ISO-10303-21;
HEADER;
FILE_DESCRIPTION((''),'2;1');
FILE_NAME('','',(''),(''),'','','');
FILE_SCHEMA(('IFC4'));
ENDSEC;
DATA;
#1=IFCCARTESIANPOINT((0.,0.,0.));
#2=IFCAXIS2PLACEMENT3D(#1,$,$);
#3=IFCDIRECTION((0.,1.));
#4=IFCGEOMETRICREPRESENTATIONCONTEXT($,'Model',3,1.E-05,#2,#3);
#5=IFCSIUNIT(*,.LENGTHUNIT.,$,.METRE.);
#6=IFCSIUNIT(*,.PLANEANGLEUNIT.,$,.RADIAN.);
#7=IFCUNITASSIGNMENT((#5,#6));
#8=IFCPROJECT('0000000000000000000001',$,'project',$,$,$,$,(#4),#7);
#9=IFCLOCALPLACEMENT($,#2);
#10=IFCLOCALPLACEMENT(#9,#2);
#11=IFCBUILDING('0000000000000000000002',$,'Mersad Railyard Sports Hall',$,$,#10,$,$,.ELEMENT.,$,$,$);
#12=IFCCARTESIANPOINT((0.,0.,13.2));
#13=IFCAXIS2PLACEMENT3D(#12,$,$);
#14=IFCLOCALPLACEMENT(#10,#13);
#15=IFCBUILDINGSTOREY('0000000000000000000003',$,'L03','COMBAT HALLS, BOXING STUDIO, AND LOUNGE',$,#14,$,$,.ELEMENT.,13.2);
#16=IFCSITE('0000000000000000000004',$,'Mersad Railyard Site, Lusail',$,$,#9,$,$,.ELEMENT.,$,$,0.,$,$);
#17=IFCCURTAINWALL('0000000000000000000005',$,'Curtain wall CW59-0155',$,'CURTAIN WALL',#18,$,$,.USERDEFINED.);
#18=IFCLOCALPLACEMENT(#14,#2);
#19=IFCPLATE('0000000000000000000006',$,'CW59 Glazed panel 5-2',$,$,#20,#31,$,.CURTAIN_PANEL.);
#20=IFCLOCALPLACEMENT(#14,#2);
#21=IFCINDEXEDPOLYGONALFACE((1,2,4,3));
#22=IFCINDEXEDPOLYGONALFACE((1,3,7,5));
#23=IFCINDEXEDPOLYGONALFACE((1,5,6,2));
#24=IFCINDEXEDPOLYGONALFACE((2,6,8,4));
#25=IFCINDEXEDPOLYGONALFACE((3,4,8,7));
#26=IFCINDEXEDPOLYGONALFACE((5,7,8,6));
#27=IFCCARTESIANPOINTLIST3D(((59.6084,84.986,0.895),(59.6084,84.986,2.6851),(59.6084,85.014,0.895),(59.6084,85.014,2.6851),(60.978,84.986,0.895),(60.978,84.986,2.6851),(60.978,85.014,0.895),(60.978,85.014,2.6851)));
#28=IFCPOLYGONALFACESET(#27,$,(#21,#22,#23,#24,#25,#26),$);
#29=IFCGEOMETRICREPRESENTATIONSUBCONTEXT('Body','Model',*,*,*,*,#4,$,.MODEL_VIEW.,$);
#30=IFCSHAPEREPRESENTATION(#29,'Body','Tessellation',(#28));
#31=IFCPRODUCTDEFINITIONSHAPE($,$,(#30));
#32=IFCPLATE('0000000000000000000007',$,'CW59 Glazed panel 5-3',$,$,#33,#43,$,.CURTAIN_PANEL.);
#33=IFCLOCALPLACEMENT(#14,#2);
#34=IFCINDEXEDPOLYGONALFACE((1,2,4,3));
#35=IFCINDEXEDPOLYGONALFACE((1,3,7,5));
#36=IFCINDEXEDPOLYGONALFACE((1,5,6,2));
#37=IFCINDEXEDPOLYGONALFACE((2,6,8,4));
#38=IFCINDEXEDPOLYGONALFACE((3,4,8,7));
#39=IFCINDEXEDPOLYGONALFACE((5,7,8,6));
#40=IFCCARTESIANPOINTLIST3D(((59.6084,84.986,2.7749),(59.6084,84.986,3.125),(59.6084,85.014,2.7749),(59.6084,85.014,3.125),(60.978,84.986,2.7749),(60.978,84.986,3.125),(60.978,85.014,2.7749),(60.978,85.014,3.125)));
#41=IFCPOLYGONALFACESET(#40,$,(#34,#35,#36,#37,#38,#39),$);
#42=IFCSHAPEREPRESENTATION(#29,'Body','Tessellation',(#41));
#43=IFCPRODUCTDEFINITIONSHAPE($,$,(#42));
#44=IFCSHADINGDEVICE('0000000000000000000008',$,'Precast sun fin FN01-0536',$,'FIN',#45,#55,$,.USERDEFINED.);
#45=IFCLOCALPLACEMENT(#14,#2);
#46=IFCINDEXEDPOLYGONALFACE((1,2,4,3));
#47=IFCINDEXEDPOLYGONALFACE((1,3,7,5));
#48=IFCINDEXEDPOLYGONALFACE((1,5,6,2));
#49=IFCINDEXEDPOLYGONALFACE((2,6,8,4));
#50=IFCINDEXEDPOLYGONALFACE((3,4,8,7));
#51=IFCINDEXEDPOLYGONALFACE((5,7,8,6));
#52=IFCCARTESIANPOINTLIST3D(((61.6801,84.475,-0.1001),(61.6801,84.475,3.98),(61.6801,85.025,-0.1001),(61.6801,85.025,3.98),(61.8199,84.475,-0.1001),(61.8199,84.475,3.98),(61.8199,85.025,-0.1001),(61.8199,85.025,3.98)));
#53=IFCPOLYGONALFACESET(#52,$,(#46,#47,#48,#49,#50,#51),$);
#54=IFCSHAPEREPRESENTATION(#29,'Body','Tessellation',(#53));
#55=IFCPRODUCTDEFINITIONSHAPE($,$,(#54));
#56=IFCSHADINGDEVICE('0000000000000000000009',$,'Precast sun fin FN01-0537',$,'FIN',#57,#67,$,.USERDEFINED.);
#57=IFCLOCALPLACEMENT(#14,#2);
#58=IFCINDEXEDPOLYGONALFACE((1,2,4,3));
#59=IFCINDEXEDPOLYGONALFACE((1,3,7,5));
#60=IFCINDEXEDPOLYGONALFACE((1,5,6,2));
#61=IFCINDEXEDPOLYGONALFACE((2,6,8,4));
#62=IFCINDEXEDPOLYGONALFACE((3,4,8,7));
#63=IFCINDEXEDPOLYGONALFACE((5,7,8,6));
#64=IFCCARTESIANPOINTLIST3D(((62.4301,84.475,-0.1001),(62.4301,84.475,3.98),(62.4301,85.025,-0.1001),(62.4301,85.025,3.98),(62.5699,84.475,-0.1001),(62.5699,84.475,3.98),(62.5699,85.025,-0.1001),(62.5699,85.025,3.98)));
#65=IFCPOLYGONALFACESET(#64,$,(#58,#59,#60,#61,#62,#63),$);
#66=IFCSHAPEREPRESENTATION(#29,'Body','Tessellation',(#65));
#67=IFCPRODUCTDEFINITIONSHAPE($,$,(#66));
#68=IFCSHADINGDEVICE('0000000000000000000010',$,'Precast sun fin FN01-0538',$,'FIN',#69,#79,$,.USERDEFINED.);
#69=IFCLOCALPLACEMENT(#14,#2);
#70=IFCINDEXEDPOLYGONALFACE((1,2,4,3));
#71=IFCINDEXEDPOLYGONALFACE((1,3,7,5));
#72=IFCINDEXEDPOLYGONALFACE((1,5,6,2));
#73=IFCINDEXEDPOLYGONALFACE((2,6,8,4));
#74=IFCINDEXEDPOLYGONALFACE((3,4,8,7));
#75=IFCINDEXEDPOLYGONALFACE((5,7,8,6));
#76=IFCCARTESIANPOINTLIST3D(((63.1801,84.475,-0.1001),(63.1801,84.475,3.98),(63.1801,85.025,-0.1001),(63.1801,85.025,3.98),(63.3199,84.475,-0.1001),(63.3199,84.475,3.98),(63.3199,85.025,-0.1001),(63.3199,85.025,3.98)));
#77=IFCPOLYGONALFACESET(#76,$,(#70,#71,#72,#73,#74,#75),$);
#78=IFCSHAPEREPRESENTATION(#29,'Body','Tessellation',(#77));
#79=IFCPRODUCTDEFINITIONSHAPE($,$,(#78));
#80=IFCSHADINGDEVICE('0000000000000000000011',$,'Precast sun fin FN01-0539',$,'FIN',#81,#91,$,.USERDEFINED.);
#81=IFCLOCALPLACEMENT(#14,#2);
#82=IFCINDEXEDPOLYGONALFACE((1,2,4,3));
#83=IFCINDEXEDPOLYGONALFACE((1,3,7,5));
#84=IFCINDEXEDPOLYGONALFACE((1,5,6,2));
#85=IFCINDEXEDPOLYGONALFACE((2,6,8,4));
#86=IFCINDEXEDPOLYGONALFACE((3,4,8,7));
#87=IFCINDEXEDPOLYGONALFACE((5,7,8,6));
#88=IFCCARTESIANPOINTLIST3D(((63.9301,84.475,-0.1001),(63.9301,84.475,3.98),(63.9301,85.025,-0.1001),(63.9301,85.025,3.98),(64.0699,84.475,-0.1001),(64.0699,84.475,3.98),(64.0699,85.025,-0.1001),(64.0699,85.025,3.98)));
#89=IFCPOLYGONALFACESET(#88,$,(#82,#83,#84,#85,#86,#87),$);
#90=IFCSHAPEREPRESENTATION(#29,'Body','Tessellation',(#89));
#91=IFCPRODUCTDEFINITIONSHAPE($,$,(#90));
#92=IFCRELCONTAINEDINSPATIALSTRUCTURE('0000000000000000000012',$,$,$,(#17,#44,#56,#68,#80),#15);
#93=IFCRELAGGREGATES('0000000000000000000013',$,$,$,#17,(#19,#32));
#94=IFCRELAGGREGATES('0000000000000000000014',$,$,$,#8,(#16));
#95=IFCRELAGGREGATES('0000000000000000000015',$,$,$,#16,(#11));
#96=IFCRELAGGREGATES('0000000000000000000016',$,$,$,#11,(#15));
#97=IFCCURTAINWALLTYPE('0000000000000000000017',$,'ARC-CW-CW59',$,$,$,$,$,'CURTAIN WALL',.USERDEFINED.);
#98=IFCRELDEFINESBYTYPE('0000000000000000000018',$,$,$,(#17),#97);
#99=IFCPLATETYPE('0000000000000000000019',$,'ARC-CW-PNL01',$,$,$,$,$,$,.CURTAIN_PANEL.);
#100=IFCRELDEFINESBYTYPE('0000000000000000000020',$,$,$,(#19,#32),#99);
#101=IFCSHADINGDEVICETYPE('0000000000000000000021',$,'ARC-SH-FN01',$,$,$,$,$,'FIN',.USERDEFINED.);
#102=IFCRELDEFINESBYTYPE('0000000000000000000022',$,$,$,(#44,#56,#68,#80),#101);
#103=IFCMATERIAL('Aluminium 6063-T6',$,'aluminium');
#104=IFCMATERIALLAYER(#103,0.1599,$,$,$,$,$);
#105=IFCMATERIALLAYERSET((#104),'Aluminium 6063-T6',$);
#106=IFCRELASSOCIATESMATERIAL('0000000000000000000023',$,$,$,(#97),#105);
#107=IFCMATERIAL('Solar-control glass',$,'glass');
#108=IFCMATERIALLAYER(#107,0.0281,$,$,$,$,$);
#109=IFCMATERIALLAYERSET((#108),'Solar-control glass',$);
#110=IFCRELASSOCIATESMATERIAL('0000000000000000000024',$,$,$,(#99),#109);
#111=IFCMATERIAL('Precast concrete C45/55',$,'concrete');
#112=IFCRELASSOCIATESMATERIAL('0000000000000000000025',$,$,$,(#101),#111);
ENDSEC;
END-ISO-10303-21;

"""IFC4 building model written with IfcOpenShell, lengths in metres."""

from ifc_helpers import new_model, si_unit, direction, frame, origin, origin_2d, place, context, subcontext, project, spatial, rectangle, extrude, material, layer, layer_set, type_object, element, aggregate, save


model = new_model("IFC4")

# Units and contexts
model_context = context("Model", 3, precision=1e-05, world=origin(), true_north=direction((0.0, 1.0)))
body_context = subcontext(model_context, "Body", "Model", "MODEL_VIEW")
ifc_project = project(units=[si_unit("LENGTHUNIT", "METRE"), si_unit("PLANEANGLEUNIT", "RADIAN")], contexts=[model_context])

# Site, building, storey
site_placement = place(None, origin())
site = spatial("IfcSite", under=ifc_project, at=site_placement, Name="Mersad Railyard Site, Lusail", CompositionType="ELEMENT", RefElevation=0.0)
building_placement = place(site_placement, origin())
building = spatial("IfcBuilding", under=site, at=building_placement, Name="Mersad Railyard Sports Hall", CompositionType="ELEMENT")
storey_placement = place(building_placement, frame((0.0, 0.0, 13.2)))
storey = spatial("IfcBuildingStorey", under=building, at=storey_placement, Name="L03", Description="COMBAT HALLS, BOXING STUDIO, AND LOUNGE", CompositionType="ELEMENT", Elevation=13.2)

# Curtain wall, plates
ifc_material_1 = material(Name="Aluminium 6063-T6", Category="aluminium")
ifc_layer_1 = layer(ifc_material_1, 0.1599)
ifc_layer_set_1 = layer_set([ifc_layer_1], Name="Aluminium 6063-T6")
curtain_wall_type = type_object("IfcCurtainWallType", Name="ARC-CW-CW59", ElementType="CURTAIN WALL", PredefinedType="USERDEFINED", material=ifc_layer_set_1)
curtain_wall_placement = place(storey_placement, origin())
curtain_wall = element("IfcCurtainWall", 1, at=curtain_wall_placement, inside=storey, type_object=curtain_wall_type, Name="Curtain wall CW59-0155", ObjectType="CURTAIN WALL", PredefinedType="USERDEFINED")
ifc_material_2 = material(Name="Solar-control glass", Category="glass")
ifc_layer_2 = layer(ifc_material_2, 0.0281)
ifc_layer_set_2 = layer_set([ifc_layer_2], Name="Solar-control glass")
plate_type = type_object("IfcPlateType", Name="ARC-CW-PNL01", PredefinedType="CURTAIN_PANEL", material=ifc_layer_set_2)
plate_1_placement = place(storey_placement, frame((60.2932, 85.0, 0.895), z_axis=(0.0, 0.0, 1.0), x_axis=(-1.0, 0.0, 0.0)))
plate_1 = element("IfcPlate", 2, at=plate_1_placement, type_object=plate_type, Name="CW59 Glazed panel 5-2", PredefinedType="CURTAIN_PANEL", context=body_context, shape_type="SweptSolid", body=[
    extrude(rectangle(XDim=1.3696, YDim=0.0281, at=origin_2d()), origin(), (0.0, 0.0, 1.0), 1.79),
])
plate_2_placement = place(storey_placement, frame((60.2932, 85.0, 2.7749), z_axis=(0.0, 0.0, 1.0), x_axis=(-1.0, 0.0, 0.0)))
plate_2 = element("IfcPlate", 3, at=plate_2_placement, type_object=plate_type, Name="CW59 Glazed panel 5-3", PredefinedType="CURTAIN_PANEL", context=body_context, shape_type="SweptSolid", body=[
    extrude(rectangle(XDim=1.3696, YDim=0.0281, at=origin_2d()), origin(), (0.0, 0.0, 1.0), 0.3501),
])
aggregate(curtain_wall, [plate_1, plate_2])

# Shading devices
ifc_material_3 = material(Name="Precast concrete C45/55", Category="concrete")
shading_device_type = type_object("IfcShadingDeviceType", Name="ARC-SH-FN01", ElementType="FIN", PredefinedType="USERDEFINED", material=ifc_material_3)
for number, where, z_axis, x_axis, name in (
    (4, (61.75, 84.75, -0.1001), (0.0, 0.0, 1.0), (1.0, 0.0, 0.0), "Precast sun fin FN01-0536"),
    (5, (62.5, 84.75, -0.1001), (0.0, 0.0, 1.0), (1.0, 0.0, 0.0), "Precast sun fin FN01-0537"),
    (6, (63.25, 84.75, -0.1001), (0.0, 0.0, 1.0), (1.0, 0.0, 0.0), "Precast sun fin FN01-0538"),
    (7, (64.0, 84.75, -0.1001), (0.0, 0.0, 1.0), (1.0, 0.0, 0.0), "Precast sun fin FN01-0539"),
):
    element("IfcShadingDevice", number, at=place(storey_placement, frame(where, z_axis=z_axis, x_axis=x_axis)), inside=storey, type_object=shading_device_type, Name=name, ObjectType="FIN", PredefinedType="USERDEFINED", context=body_context, shape_type="SweptSolid", body=[
        extrude(rectangle(XDim=0.1399, YDim=0.55, at=origin_2d()), origin(), (0.0, 0.0, 1.0), 4.0801),
    ])

save(model, "model.ifc")
